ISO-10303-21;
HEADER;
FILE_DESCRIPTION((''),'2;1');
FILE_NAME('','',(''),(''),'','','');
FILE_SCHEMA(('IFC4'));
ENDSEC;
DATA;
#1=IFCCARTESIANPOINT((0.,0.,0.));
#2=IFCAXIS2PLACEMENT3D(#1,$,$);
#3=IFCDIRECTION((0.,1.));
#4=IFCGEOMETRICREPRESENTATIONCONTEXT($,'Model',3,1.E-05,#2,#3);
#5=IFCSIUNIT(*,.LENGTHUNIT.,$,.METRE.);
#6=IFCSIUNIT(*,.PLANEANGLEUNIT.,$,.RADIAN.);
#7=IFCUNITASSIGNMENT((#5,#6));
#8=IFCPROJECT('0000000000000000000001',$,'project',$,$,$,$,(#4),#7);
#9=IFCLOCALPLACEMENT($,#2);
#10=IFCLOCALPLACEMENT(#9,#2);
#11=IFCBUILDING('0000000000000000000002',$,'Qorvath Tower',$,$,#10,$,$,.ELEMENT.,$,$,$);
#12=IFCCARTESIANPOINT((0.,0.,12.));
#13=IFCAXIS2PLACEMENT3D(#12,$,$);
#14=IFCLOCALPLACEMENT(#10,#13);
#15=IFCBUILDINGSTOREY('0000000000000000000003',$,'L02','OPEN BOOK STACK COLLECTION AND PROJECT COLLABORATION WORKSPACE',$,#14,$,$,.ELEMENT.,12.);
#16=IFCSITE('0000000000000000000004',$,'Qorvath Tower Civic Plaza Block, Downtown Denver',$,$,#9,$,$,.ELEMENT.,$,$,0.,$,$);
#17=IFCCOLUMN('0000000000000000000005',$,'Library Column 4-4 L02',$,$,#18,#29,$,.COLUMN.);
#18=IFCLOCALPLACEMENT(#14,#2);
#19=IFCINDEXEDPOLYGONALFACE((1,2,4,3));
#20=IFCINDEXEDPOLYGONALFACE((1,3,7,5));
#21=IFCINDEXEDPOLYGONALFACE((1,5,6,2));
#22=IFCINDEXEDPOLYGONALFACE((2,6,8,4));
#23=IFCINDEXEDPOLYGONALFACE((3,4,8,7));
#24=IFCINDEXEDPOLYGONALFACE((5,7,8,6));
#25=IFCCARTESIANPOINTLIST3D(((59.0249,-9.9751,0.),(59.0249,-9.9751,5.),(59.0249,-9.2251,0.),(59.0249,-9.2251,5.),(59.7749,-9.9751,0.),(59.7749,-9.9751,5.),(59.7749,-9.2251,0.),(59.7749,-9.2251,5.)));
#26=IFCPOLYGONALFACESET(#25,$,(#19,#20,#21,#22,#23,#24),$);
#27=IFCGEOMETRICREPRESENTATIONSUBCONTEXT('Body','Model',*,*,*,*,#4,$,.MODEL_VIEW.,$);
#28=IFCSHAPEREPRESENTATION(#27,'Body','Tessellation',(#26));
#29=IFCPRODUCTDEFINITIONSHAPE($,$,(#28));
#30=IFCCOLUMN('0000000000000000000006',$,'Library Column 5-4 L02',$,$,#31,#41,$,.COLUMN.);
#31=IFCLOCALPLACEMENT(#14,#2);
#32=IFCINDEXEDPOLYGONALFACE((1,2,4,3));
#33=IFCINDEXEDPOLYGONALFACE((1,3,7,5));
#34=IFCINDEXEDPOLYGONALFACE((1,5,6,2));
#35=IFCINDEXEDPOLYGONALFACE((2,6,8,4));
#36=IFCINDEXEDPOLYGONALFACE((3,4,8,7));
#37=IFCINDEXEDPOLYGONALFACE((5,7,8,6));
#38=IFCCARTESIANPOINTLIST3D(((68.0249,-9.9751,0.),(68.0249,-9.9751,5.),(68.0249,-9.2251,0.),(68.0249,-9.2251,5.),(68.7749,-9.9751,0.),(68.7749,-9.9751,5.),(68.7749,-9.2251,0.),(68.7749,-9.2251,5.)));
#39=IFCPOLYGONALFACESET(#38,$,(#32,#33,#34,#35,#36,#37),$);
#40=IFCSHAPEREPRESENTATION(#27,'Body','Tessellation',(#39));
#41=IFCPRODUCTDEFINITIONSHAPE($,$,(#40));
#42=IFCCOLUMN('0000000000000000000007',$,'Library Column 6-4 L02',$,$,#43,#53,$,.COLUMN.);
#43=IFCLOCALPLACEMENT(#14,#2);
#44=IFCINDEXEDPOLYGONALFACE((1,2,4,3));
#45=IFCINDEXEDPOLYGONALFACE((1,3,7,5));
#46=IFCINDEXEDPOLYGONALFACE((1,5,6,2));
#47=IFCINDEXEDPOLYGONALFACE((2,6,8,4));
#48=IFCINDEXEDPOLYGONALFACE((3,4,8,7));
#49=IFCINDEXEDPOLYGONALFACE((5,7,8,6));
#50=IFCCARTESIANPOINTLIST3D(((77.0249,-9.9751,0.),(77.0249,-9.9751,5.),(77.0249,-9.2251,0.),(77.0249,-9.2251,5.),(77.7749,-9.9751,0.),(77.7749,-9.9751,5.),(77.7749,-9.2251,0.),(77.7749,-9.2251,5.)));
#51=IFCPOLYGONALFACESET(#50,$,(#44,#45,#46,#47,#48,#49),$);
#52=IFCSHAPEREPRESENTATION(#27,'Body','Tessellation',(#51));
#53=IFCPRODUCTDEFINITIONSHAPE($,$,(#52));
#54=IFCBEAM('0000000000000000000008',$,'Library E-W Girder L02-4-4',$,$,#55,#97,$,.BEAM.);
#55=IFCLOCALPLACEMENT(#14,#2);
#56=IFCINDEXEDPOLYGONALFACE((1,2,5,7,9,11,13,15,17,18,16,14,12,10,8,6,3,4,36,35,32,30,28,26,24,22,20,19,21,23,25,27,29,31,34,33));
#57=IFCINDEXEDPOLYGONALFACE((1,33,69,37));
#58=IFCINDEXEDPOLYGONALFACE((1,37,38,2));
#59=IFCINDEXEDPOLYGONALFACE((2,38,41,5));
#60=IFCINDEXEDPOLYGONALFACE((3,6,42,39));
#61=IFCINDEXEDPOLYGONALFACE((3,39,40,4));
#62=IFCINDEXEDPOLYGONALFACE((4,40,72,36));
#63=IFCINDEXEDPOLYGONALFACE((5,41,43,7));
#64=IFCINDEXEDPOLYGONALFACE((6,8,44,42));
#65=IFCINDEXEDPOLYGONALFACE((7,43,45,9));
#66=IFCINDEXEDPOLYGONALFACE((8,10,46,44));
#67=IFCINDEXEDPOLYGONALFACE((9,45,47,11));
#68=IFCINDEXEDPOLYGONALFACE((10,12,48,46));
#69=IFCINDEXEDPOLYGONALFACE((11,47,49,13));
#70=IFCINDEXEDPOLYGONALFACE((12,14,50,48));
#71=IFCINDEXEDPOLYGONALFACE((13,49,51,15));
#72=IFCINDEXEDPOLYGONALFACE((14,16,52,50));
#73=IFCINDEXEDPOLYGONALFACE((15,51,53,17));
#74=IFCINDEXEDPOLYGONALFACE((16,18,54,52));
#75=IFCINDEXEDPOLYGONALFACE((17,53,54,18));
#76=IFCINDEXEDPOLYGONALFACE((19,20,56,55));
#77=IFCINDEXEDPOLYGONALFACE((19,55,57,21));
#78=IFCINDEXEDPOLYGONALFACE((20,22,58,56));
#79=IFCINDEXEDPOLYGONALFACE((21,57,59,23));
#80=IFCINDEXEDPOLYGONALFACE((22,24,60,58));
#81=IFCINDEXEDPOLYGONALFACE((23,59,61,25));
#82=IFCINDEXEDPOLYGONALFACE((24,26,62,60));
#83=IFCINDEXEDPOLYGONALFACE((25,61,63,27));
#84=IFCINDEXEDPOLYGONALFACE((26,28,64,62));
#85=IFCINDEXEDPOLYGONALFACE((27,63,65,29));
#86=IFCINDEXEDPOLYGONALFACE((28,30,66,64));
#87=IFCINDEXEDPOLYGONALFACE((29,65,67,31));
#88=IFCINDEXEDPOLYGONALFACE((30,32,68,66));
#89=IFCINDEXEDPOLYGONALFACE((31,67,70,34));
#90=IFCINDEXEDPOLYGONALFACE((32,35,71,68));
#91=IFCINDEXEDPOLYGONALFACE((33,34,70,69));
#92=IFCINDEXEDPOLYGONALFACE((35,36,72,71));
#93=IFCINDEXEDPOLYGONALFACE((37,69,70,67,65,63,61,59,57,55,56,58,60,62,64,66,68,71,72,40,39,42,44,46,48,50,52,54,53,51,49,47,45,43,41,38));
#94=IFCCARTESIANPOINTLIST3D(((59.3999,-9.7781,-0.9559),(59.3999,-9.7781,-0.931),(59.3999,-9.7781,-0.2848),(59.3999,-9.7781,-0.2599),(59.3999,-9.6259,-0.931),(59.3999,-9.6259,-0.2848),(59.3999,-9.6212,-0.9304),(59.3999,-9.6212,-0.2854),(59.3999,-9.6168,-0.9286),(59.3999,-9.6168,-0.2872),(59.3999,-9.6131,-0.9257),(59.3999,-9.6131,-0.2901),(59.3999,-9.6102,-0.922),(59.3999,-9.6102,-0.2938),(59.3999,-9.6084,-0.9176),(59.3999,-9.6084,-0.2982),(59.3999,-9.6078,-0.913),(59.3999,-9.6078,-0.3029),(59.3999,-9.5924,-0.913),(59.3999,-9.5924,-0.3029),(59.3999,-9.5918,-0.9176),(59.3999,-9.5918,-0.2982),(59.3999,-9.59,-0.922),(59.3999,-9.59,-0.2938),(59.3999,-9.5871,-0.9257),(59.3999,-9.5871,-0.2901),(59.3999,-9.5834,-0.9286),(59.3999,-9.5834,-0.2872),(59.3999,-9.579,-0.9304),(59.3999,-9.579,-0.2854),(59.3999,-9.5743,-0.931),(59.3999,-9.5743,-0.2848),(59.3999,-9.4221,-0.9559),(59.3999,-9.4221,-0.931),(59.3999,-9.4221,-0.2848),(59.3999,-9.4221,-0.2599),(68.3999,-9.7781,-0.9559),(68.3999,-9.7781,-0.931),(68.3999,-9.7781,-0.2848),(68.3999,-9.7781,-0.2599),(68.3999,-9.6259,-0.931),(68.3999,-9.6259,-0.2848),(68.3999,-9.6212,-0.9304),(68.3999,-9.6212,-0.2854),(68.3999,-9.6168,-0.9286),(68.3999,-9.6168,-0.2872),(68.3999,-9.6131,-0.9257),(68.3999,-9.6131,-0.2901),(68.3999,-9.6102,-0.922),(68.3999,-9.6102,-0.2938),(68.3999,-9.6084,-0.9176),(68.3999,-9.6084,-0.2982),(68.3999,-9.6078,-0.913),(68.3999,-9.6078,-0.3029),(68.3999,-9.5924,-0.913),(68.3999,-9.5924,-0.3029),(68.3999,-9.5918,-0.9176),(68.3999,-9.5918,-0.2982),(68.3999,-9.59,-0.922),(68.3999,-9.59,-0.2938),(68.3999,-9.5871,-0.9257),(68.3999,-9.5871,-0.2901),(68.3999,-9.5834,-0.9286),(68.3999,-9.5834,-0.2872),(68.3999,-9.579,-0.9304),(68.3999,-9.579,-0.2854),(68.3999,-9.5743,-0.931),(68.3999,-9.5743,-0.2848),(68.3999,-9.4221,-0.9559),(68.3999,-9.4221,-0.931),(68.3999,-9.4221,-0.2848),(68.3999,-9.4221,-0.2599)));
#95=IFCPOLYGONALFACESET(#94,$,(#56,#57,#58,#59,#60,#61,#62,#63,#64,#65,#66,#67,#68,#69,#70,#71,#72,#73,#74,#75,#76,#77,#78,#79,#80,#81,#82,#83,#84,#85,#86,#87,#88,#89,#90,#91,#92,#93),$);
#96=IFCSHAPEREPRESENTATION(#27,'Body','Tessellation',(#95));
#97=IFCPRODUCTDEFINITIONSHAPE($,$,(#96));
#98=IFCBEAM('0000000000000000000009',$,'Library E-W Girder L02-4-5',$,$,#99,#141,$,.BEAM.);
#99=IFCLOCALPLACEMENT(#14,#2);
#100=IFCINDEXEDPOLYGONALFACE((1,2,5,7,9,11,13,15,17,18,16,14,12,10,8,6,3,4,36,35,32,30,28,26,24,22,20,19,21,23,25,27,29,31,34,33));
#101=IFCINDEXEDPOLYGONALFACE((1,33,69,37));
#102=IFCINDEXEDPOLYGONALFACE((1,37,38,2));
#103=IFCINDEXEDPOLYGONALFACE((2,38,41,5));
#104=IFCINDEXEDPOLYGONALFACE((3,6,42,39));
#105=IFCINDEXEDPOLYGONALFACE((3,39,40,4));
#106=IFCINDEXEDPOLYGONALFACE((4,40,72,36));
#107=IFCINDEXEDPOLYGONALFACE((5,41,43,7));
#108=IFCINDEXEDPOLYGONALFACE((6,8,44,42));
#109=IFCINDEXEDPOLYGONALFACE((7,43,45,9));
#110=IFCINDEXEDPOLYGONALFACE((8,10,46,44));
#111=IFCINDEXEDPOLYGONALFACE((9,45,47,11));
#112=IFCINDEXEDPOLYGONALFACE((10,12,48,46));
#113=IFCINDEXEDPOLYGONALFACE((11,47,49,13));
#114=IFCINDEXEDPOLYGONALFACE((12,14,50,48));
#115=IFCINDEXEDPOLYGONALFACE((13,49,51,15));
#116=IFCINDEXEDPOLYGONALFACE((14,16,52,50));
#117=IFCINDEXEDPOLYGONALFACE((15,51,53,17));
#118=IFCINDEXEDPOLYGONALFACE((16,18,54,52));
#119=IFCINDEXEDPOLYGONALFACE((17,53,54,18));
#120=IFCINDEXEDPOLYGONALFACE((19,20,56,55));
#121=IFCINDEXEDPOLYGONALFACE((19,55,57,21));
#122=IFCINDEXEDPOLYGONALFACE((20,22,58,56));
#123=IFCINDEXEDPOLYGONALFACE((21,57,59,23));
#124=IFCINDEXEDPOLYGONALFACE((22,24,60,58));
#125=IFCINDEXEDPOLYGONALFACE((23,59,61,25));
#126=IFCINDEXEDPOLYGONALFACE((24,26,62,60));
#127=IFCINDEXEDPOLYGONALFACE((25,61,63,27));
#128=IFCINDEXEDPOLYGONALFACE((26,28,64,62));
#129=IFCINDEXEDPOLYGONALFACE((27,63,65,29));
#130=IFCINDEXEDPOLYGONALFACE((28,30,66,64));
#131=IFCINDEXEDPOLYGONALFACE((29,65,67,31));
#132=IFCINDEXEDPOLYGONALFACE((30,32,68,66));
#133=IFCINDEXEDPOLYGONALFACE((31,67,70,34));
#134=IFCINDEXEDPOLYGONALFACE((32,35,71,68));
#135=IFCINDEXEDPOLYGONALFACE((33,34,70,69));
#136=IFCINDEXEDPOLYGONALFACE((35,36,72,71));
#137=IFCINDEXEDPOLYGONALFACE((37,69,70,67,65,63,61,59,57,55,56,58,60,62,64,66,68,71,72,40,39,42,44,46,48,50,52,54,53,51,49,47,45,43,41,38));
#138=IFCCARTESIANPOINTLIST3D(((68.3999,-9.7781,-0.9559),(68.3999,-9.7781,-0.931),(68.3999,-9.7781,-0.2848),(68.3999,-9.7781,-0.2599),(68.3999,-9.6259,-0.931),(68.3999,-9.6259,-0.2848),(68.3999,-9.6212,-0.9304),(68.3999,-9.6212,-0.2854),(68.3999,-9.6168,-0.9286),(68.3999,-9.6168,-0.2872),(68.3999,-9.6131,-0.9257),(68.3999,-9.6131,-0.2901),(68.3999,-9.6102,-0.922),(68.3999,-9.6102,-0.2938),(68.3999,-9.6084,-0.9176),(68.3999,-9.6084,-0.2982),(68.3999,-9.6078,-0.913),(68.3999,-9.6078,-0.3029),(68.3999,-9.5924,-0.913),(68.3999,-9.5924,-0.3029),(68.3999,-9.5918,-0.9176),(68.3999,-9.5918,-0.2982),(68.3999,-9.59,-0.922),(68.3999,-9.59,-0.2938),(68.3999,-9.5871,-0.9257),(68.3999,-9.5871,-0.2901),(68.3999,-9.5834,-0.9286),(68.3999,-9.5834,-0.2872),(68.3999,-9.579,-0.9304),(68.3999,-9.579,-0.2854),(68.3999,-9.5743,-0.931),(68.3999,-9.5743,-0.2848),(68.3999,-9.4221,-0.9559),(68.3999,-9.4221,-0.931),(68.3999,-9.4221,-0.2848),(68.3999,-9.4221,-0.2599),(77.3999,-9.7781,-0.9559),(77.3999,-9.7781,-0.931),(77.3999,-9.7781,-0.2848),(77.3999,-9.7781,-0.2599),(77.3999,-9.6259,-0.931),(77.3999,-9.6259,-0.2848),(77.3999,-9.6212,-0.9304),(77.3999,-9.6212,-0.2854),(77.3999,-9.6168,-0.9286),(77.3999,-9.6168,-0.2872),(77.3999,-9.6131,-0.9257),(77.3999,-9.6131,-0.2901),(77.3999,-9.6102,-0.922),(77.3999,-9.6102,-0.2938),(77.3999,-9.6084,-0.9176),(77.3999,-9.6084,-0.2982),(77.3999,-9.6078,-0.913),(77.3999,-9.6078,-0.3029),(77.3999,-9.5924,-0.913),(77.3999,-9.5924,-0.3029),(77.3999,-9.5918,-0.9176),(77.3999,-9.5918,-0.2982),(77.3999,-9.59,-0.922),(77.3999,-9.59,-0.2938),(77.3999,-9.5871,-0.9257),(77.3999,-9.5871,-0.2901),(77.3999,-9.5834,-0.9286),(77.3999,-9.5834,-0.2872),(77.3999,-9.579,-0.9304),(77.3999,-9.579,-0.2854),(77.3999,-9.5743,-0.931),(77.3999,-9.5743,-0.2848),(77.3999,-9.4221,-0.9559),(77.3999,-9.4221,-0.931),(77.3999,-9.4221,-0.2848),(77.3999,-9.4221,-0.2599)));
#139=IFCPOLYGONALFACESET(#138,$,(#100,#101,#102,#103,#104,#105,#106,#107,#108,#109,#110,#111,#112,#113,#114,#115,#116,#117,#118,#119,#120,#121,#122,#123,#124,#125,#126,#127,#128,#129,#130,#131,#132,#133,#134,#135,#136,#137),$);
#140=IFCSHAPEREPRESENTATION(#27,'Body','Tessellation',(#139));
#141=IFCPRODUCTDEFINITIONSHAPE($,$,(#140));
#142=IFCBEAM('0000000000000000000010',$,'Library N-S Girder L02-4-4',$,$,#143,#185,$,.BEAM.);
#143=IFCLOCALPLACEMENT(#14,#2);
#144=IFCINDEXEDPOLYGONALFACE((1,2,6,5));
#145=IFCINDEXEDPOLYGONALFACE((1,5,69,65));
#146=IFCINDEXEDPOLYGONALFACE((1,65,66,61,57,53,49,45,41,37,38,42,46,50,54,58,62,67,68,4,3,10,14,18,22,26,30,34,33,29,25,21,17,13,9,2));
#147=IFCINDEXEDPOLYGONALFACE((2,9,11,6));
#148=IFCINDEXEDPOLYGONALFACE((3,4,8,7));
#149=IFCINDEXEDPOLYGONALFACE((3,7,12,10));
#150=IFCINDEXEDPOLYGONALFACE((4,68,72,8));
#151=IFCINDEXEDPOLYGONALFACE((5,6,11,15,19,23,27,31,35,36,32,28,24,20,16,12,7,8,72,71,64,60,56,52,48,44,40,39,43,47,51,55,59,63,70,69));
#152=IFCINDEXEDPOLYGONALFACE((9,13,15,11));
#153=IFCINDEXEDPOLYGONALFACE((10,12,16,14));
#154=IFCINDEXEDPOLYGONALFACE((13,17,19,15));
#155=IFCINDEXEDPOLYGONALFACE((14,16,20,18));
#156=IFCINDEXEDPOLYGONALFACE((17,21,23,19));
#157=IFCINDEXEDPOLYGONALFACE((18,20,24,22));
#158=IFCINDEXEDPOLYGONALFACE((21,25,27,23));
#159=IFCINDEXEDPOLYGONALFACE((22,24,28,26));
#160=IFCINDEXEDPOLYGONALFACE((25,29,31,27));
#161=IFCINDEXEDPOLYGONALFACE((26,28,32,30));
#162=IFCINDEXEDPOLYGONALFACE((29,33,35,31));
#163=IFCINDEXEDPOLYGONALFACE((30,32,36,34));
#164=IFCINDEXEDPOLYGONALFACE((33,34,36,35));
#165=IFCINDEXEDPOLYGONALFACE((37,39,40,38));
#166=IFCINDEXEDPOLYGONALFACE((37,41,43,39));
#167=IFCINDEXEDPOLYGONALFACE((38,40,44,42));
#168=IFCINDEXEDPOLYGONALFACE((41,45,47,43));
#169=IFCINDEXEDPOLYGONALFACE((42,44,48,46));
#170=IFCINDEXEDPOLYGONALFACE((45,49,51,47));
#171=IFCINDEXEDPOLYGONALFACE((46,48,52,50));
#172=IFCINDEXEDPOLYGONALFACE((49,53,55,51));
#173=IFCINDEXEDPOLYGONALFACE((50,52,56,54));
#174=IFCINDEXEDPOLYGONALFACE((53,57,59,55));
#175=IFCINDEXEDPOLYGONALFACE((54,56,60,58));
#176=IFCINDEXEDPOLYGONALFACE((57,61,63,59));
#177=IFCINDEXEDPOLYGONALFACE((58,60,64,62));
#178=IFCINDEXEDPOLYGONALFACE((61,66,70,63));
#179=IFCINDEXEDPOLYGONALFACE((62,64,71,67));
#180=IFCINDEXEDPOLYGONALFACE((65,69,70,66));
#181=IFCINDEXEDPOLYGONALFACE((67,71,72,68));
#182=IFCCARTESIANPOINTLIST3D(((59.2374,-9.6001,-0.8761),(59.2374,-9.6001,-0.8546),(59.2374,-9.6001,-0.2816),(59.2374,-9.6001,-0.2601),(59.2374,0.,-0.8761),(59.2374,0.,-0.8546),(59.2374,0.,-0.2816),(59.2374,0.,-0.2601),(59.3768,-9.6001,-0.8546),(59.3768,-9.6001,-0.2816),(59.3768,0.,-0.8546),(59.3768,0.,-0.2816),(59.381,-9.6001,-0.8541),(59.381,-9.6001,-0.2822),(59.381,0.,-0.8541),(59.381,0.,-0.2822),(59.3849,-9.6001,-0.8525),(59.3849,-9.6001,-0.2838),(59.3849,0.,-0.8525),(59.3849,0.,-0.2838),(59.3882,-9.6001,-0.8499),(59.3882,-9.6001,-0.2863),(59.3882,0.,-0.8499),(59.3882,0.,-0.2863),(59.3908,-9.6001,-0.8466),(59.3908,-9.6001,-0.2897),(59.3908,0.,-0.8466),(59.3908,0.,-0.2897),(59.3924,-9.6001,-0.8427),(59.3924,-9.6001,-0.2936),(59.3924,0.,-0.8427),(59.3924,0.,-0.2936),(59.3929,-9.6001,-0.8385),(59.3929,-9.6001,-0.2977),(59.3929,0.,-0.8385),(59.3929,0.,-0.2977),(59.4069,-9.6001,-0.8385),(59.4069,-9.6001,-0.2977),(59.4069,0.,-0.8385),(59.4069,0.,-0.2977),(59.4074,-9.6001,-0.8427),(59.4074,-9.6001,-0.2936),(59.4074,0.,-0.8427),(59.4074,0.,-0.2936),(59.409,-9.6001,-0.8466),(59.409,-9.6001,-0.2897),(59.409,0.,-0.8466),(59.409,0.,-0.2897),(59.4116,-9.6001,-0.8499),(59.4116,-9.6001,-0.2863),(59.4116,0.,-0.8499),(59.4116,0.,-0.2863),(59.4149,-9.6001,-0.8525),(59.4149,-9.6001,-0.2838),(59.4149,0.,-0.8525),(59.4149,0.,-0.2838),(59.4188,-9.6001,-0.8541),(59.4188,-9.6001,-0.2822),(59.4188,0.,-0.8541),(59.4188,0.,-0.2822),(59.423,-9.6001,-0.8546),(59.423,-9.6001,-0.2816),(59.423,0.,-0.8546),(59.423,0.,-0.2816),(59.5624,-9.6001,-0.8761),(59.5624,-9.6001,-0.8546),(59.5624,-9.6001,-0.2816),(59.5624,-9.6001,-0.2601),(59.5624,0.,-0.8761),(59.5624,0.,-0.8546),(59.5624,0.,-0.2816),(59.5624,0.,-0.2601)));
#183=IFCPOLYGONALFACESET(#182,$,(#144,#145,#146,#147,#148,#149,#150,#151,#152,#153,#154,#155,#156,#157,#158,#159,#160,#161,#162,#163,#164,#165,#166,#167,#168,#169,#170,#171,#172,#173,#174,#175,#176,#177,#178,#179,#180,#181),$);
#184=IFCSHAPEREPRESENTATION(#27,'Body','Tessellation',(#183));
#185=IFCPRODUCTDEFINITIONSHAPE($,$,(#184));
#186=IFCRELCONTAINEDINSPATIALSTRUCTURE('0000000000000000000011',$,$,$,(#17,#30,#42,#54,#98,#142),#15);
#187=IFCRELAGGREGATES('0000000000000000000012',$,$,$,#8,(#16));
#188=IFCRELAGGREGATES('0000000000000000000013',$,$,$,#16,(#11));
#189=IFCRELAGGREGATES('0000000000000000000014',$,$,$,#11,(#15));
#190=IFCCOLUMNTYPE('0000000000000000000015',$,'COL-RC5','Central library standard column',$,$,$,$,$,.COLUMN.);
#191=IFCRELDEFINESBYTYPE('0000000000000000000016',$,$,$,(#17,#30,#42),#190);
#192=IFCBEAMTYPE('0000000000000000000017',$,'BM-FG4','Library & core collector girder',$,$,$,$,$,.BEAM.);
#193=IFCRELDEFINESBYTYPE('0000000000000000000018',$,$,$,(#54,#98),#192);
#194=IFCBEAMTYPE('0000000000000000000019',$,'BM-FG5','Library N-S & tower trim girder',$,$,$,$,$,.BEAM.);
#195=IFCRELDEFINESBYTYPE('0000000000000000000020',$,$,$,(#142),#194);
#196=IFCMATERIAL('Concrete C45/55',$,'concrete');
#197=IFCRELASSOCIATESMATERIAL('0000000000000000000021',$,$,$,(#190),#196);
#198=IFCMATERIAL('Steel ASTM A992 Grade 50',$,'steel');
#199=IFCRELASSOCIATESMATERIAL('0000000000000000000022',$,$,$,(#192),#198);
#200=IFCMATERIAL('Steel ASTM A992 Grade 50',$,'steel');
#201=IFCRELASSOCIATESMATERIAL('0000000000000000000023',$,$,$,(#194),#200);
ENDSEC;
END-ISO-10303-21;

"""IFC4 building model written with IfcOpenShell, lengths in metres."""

from ifc_helpers import new_model, si_unit, direction, frame, origin, origin_2d, place, context, subcontext, project, spatial, rectangle, i_section, extrude, material, material_profile, profile_set, type_object, element, save


model = new_model("IFC4")

# Units and contexts
model_context = context("Model", 3, precision=1e-05, world=origin(), true_north=direction((0.0, 1.0)))
body_context = subcontext(model_context, "Body", "Model", "MODEL_VIEW")
ifc_project = project(units=[si_unit("LENGTHUNIT", "METRE"), si_unit("PLANEANGLEUNIT", "RADIAN")], contexts=[model_context])

# Site, building, storey
site_placement = place(None, origin())
site = spatial("IfcSite", under=ifc_project, at=site_placement, Name="Qorvath Tower Civic Plaza Block, Downtown Denver", CompositionType="ELEMENT", RefElevation=0.0)
building_placement = place(site_placement, origin())
building = spatial("IfcBuilding", under=site, at=building_placement, Name="Qorvath Tower", CompositionType="ELEMENT")
storey_placement = place(building_placement, frame((0.0, 0.0, 12.0)))
storey = spatial("IfcBuildingStorey", under=building, at=storey_placement, Name="L02", Description="OPEN BOOK STACK COLLECTION AND PROJECT COLLABORATION WORKSPACE", CompositionType="ELEMENT", Elevation=12.0)

# Columns
ifc_material_1 = material(Name="Concrete C45/55", Category="concrete")
ifc_material_profile_1 = material_profile(ifc_material_1, rectangle(XDim=0.75, YDim=0.75, at=origin_2d()), Name="RC 750x750")
ifc_profile_set_1 = profile_set([ifc_material_profile_1], Name="Concrete C45/55")
column_type = type_object("IfcColumnType", Name="COL-RC5", Description="Central library standard column", PredefinedType="COLUMN", material=ifc_profile_set_1)
for number, where, z_axis, x_axis, name in (
    (1, (59.3999, -9.6001, 0.0), (0.0, 0.0, 1.0), (1.0, 0.0, 0.0), "Library Column 4-4 L02"),
    (2, (68.3999, -9.6001, 0.0), (0.0, 0.0, 1.0), (1.0, 0.0, 0.0), "Library Column 5-4 L02"),
    (3, (77.3999, -9.6001, 0.0), (0.0, 0.0, 1.0), (1.0, 0.0, 0.0), "Library Column 6-4 L02"),
):
    element("IfcColumn", number, at=place(storey_placement, frame(where, z_axis=z_axis, x_axis=x_axis)), inside=storey, type_object=column_type, Name=name, PredefinedType="COLUMN", context=body_context, shape_type="SweptSolid", body=[
        extrude(rectangle(XDim=0.75, YDim=0.75, at=origin_2d()), origin(), (0.0, 0.0, 1.0), 5.0),
    ])

# Beams
ifc_material_2 = material(Name="Steel ASTM A992 Grade 50", Category="steel")
ifc_material_profile_2 = material_profile(ifc_material_2, i_section(OverallWidth=0.356, OverallDepth=0.696, WebThickness=0.0154, FlangeThickness=0.0249, FilletRadius=0.0181, at=origin_2d()), Name="W27x146")
ifc_profile_set_2 = profile_set([ifc_material_profile_2], Name="Steel ASTM A992 Grade 50")
beam_type_1 = type_object("IfcBeamType", Name="BM-FG4", Description="Library & core collector girder", PredefinedType="BEAM", material=ifc_profile_set_2)
for number, where, z_axis, x_axis, name in (
    (4, (59.3999, -9.6001, -0.6079), (1.0, 0.0, 0.0), (0.0, 1.0, 0.0), "Library E-W Girder L02-4-4"),
    (5, (68.3999, -9.6001, -0.6079), (1.0, 0.0, 0.0), (0.0, 1.0, 0.0), "Library E-W Girder L02-4-5"),
):
    element("IfcBeam", number, at=place(storey_placement, frame(where, z_axis=z_axis, x_axis=x_axis)), inside=storey, type_object=beam_type_1, Name=name, PredefinedType="BEAM", context=body_context, shape_type="SweptSolid", body=[
        extrude(i_section(OverallWidth=0.356, OverallDepth=0.696, WebThickness=0.0154, FlangeThickness=0.0249, FilletRadius=0.0181, at=origin_2d()), origin(), (0.0, 0.0, 1.0), 9.0),
    ])
ifc_material_3 = material(Name="Steel ASTM A992 Grade 50", Category="steel")
ifc_material_profile_3 = material_profile(ifc_material_3, i_section(OverallWidth=0.325, OverallDepth=0.616, WebThickness=0.0139, FlangeThickness=0.0215, FilletRadius=0.0161, at=origin_2d()), Name="W24x117")
ifc_profile_set_3 = profile_set([ifc_material_profile_3], Name="Steel ASTM A992 Grade 50")
beam_type_2 = type_object("IfcBeamType", Name="BM-FG5", Description="Library N-S & tower trim girder", PredefinedType="BEAM", material=ifc_profile_set_3)
for number, where, z_axis, x_axis, name in (
    (6, (59.3999, -9.6001, -0.5681), (0.0, 1.0, 0.0), (-1.0, 0.0, 0.0), "Library N-S Girder L02-4-4"),
):
    element("IfcBeam", number, at=place(storey_placement, frame(where, z_axis=z_axis, x_axis=x_axis)), inside=storey, type_object=beam_type_2, Name=name, PredefinedType="BEAM", context=body_context, shape_type="SweptSolid", body=[
        extrude(i_section(OverallWidth=0.325, OverallDepth=0.616, WebThickness=0.0139, FlangeThickness=0.0215, FilletRadius=0.0161, at=origin_2d()), origin(), (0.0, 0.0, 1.0), 9.6001),
    ])

save(model, "model.ifc")
